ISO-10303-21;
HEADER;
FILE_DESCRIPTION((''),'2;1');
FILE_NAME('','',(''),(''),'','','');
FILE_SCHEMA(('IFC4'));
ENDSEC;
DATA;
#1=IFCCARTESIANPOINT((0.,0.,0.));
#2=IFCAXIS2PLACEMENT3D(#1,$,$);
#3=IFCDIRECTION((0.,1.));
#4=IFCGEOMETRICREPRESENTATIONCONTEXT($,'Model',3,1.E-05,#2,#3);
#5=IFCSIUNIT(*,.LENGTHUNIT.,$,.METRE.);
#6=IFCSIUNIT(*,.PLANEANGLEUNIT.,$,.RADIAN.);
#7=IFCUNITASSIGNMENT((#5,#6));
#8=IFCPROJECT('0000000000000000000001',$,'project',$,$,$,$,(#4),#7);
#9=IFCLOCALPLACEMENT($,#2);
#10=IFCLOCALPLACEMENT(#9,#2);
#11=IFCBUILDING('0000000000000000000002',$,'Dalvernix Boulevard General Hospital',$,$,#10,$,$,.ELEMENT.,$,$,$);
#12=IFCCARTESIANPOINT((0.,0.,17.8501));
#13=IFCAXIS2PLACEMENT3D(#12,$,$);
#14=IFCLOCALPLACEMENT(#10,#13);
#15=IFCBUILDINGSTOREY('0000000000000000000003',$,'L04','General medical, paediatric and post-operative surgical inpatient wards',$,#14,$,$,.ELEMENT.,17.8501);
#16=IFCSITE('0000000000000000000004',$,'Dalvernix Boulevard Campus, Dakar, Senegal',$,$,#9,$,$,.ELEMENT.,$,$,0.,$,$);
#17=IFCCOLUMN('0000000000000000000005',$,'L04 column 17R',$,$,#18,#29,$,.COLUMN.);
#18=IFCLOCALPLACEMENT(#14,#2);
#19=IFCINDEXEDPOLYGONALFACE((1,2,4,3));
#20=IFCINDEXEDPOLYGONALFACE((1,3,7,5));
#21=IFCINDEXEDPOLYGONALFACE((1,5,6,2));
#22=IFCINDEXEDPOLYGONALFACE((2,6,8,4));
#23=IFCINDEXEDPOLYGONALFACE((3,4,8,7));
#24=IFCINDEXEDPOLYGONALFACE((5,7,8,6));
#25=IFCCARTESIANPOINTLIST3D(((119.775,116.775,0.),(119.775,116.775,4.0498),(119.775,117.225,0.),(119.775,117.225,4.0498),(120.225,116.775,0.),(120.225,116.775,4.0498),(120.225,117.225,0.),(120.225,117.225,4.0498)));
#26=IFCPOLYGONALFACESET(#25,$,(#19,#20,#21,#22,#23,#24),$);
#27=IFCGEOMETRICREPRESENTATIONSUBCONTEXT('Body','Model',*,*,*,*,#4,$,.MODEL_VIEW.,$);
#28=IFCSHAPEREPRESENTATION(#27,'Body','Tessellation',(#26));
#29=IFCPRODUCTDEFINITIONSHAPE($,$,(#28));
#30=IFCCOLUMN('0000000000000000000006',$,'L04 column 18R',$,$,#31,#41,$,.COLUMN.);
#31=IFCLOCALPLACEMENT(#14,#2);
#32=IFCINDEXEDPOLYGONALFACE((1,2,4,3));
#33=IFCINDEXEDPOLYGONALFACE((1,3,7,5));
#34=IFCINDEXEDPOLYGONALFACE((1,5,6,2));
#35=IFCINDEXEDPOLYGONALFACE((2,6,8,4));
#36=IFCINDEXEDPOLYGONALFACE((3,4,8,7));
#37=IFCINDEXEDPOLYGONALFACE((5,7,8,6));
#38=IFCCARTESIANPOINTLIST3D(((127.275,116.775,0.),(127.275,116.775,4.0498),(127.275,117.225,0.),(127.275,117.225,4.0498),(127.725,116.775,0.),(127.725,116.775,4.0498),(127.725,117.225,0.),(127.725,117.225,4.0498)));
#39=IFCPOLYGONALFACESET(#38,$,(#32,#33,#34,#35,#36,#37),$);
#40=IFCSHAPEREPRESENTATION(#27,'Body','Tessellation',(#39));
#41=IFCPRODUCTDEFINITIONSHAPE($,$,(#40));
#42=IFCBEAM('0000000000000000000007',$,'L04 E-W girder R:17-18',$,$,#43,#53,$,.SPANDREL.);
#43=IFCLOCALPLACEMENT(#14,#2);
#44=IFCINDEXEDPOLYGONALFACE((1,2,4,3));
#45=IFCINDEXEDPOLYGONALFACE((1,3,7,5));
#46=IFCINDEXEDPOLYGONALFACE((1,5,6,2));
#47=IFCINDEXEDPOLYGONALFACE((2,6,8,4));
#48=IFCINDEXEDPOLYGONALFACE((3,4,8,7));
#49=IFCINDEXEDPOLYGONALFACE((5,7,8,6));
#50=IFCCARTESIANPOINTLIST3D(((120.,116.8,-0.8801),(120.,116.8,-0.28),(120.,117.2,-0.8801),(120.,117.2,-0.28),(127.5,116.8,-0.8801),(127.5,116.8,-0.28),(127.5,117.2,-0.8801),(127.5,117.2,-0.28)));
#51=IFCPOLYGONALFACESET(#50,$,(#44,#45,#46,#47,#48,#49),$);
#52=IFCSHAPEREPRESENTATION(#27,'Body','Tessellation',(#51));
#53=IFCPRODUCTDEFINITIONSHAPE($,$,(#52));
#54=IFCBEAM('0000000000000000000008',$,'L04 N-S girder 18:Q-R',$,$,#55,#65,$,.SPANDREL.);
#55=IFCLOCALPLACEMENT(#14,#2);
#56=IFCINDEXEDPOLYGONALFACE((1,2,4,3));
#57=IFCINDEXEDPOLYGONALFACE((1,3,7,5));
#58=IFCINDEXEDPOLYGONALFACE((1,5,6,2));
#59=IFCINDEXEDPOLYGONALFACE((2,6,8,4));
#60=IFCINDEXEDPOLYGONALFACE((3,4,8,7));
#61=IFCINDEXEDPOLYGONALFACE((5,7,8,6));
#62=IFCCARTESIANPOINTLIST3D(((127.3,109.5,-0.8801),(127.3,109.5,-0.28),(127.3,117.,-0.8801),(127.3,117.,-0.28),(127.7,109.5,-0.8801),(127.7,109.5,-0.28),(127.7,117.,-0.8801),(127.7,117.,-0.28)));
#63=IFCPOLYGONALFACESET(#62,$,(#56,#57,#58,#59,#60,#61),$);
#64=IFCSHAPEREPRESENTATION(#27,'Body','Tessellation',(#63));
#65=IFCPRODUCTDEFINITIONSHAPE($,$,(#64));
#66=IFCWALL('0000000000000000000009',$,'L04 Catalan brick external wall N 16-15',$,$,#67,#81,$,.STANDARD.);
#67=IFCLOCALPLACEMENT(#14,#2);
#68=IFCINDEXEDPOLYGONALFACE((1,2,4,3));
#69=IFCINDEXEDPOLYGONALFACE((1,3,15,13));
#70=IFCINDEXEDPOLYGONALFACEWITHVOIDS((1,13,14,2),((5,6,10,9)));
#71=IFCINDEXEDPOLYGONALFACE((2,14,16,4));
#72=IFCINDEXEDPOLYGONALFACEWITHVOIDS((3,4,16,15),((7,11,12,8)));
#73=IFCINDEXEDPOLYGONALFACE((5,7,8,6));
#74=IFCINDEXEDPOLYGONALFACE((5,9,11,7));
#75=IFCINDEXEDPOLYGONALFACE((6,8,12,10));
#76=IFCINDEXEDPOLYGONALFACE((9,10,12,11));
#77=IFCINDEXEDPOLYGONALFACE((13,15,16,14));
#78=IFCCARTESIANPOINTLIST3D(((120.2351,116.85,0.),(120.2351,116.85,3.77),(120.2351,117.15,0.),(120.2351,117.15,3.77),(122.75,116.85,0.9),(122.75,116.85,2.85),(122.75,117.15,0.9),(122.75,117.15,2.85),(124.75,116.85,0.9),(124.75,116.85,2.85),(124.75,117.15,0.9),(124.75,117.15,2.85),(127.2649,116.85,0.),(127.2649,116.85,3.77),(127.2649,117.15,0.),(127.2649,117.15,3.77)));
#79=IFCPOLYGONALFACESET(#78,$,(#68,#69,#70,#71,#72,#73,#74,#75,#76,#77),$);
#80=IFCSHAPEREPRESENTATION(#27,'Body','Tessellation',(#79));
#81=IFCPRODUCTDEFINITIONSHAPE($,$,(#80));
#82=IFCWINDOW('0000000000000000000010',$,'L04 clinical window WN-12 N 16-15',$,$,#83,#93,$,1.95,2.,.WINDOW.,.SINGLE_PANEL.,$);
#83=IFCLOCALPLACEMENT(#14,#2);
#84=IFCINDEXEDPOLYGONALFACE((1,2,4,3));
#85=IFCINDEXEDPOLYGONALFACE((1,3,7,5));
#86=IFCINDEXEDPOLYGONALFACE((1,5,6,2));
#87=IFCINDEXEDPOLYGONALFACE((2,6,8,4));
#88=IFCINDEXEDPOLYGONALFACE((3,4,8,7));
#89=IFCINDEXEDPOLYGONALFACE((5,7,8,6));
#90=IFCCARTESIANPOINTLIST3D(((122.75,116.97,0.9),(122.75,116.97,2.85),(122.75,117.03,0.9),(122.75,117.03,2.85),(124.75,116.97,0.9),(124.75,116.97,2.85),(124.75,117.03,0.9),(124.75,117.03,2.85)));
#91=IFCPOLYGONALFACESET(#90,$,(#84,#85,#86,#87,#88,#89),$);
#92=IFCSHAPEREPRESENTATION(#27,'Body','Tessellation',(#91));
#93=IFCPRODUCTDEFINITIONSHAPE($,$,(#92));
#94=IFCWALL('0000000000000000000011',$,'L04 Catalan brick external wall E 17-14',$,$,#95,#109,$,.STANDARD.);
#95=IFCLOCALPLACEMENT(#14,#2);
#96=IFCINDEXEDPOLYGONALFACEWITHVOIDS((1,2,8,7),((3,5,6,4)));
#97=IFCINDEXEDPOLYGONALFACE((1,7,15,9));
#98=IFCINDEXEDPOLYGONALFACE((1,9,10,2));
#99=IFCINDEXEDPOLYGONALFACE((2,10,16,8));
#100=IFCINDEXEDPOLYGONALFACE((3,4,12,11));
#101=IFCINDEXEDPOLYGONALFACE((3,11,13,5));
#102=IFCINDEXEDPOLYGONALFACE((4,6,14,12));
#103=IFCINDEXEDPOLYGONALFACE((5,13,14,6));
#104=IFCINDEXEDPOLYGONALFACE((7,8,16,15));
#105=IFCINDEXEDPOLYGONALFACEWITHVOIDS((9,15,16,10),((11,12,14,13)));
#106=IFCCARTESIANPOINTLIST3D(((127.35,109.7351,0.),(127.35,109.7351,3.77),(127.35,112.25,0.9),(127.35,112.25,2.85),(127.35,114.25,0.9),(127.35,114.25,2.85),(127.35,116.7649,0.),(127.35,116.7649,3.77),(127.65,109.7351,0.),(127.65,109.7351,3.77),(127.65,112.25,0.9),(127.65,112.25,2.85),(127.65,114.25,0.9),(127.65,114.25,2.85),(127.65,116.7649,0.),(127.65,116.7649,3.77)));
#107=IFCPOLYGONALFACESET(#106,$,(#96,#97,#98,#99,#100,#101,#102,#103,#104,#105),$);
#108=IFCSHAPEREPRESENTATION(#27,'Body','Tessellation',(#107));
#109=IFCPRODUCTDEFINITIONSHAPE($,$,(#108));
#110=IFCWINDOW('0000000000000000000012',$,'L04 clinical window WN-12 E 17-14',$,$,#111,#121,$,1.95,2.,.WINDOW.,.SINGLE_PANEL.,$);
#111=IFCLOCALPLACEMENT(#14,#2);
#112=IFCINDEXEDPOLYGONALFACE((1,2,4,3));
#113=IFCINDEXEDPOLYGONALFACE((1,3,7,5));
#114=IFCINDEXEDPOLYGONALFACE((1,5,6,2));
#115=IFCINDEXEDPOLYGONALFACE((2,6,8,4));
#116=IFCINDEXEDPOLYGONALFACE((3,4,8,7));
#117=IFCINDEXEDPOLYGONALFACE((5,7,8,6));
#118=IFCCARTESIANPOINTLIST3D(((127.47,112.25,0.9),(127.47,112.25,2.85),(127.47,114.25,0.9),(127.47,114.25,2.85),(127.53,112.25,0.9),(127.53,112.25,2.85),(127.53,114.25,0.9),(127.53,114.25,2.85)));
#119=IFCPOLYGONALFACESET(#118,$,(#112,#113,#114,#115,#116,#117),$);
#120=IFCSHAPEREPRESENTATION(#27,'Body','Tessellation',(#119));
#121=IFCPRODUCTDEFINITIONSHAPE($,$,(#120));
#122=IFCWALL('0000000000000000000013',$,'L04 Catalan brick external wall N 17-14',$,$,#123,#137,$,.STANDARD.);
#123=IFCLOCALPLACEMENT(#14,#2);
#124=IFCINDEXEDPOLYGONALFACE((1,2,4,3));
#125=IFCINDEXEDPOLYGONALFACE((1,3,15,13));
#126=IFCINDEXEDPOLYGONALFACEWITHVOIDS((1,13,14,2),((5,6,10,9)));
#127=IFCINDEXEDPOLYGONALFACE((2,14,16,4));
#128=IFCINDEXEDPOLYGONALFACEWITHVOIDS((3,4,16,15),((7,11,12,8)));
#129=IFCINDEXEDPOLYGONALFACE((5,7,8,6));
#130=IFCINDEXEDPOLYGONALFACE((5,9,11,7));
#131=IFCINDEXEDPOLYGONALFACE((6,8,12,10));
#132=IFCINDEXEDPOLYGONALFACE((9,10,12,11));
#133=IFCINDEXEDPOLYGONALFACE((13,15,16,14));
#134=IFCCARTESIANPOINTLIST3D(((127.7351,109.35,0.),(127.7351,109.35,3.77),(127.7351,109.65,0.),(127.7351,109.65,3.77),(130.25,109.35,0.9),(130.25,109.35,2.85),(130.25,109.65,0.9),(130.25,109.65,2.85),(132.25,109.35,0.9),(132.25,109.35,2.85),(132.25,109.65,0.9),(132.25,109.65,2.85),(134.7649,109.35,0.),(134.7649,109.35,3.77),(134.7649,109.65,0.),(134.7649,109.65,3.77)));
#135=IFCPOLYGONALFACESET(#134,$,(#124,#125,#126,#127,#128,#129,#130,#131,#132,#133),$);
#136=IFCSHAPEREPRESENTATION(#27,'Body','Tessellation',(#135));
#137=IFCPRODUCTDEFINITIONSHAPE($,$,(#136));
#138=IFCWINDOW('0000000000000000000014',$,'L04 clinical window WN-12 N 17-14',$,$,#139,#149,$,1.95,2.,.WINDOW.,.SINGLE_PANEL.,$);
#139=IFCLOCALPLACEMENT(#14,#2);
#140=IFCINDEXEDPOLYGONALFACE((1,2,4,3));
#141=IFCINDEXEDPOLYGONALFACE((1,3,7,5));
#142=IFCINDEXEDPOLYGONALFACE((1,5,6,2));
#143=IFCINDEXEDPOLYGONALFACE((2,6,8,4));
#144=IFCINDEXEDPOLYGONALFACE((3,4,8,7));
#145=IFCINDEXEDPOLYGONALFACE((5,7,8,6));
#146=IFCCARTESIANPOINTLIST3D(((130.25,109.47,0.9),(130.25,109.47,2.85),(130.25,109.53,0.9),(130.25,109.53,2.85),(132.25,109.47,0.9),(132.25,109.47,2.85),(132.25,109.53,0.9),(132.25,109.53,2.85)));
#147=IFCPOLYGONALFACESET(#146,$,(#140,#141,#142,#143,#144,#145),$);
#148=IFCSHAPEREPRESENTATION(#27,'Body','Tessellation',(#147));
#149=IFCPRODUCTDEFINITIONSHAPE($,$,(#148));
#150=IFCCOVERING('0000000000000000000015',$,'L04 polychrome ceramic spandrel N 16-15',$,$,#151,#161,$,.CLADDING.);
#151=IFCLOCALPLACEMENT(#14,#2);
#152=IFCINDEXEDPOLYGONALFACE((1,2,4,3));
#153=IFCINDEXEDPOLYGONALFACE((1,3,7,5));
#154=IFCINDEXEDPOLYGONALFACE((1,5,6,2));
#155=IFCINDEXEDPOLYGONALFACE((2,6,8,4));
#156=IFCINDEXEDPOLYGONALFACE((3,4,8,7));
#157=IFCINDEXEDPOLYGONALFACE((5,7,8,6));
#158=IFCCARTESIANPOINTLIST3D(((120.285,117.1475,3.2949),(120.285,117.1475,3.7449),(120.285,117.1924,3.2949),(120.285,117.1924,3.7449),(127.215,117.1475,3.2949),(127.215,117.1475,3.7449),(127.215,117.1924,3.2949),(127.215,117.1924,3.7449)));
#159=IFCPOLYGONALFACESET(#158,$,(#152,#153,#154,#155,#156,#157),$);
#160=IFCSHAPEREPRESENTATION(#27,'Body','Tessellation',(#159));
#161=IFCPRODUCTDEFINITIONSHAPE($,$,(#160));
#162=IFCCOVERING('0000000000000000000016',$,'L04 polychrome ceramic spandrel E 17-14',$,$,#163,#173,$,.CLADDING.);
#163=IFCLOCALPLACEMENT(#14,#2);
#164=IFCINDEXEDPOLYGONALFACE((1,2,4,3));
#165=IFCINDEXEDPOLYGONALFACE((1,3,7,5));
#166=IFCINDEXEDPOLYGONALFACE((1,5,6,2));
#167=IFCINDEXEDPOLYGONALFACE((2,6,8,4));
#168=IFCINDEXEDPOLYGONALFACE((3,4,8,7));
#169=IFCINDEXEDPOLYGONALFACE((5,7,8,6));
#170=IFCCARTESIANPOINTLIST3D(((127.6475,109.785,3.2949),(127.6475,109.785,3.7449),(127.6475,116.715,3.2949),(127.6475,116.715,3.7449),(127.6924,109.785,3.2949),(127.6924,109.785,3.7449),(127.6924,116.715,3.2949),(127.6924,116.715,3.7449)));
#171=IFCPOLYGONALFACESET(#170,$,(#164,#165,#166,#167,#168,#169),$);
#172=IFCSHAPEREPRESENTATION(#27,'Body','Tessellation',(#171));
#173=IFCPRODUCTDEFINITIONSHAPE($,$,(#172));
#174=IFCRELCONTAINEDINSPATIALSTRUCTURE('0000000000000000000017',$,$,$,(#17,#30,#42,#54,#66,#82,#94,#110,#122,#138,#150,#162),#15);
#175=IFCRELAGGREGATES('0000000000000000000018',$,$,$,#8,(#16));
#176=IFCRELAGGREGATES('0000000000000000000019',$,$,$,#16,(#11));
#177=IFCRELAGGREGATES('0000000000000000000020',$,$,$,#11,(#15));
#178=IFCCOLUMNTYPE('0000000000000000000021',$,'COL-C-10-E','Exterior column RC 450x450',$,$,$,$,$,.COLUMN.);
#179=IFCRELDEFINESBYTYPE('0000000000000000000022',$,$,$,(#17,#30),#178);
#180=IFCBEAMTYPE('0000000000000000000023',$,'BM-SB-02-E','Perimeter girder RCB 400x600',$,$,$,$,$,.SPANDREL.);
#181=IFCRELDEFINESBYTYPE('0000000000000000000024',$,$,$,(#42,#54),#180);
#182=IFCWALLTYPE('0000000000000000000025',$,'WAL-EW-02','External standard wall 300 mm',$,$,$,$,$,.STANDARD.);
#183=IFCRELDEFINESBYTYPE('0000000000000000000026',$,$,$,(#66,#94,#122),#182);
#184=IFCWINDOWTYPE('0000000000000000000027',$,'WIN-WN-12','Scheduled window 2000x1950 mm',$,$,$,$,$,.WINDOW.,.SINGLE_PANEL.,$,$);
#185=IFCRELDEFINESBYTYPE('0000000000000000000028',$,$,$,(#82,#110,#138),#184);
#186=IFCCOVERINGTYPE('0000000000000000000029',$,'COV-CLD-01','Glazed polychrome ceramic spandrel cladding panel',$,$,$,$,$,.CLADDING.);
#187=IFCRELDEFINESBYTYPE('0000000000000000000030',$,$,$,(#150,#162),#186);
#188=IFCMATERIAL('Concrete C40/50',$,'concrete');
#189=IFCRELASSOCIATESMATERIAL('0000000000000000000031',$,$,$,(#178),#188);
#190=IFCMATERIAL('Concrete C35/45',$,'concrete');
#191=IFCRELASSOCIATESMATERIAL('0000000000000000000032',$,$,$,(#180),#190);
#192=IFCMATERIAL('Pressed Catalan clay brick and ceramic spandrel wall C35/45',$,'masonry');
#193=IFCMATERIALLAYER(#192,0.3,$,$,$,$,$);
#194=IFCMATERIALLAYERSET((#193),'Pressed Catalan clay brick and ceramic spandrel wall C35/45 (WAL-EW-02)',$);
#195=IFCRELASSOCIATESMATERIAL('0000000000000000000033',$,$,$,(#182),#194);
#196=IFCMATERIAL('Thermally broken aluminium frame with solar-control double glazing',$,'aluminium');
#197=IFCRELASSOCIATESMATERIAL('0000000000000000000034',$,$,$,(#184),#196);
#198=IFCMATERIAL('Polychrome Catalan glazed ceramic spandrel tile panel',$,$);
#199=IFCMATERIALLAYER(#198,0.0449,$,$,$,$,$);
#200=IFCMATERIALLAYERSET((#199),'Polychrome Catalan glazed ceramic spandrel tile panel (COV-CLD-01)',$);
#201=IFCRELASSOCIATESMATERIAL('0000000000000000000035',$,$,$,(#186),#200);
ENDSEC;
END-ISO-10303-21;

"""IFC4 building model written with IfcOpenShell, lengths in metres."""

from ifc_helpers import new_model, si_unit, direction, frame, frame_2d, origin, origin_2d, place, context, subcontext, project, spatial, rectangle, extrude, material, layer, layer_set, material_profile, profile_set, type_object, element, fill, save


model = new_model("IFC4")

# Units and contexts
model_context = context("Model", 3, precision=1e-05, world=origin(), true_north=direction((0.0, 1.0)))
body_context = subcontext(model_context, "Body", "Model", "MODEL_VIEW")
ifc_project = project(units=[si_unit("LENGTHUNIT", "METRE"), si_unit("PLANEANGLEUNIT", "RADIAN")], contexts=[model_context])

# Site, building, storey
site_placement = place(None, origin())
site = spatial("IfcSite", under=ifc_project, at=site_placement, Name="Dalvernix Boulevard Campus, Dakar, Senegal", CompositionType="ELEMENT", RefElevation=0.0)
building_placement = place(site_placement, origin())
building = spatial("IfcBuilding", under=site, at=building_placement, Name="Dalvernix Boulevard General Hospital", CompositionType="ELEMENT")
storey_placement = place(building_placement, frame((0.0, 0.0, 17.8501)))
storey = spatial("IfcBuildingStorey", under=building, at=storey_placement, Name="L04", Description="General medical, paediatric and post-operative surgical inpatient wards", CompositionType="ELEMENT", Elevation=17.8501)

# Columns
ifc_material_1 = material(Name="Concrete C40/50", Category="concrete")
ifc_material_profile_1 = material_profile(ifc_material_1, rectangle(XDim=0.45, YDim=0.45, at=origin_2d()), Name="RC 450x450")
ifc_profile_set_1 = profile_set([ifc_material_profile_1], Name="Concrete C40/50")
column_type = type_object("IfcColumnType", Name="COL-C-10-E", Description="Exterior column RC 450x450", PredefinedType="COLUMN", material=ifc_profile_set_1)
for number, where, z_axis, x_axis, name in (
    (1, (120.0, 117.0, 0.0), (0.0, 0.0, 1.0), (1.0, 0.0, 0.0), "L04 column 17R"),
    (2, (127.5, 117.0, 0.0), (0.0, 0.0, 1.0), (1.0, 0.0, 0.0), "L04 column 18R"),
):
    element("IfcColumn", number, at=place(storey_placement, frame(where, z_axis=z_axis, x_axis=x_axis)), inside=storey, type_object=column_type, Name=name, PredefinedType="COLUMN", context=body_context, shape_type="SweptSolid", body=[
        extrude(rectangle(XDim=0.45, YDim=0.45, at=origin_2d()), origin(), (0.0, 0.0, 1.0), 4.0498),
    ])

# Beams
ifc_material_2 = material(Name="Concrete C35/45", Category="concrete")
ifc_material_profile_2 = material_profile(ifc_material_2, rectangle(XDim=0.3999, YDim=0.6001, at=origin_2d()), Name="RCB 400x600")
ifc_profile_set_2 = profile_set([ifc_material_profile_2], Name="Concrete C35/45")
beam_type = type_object("IfcBeamType", Name="BM-SB-02-E", Description="Perimeter girder RCB 400x600", PredefinedType="SPANDREL", material=ifc_profile_set_2)
for number, where, z_axis, x_axis, name in (
    (3, (120.0, 117.0, -0.5801), (1.0, 0.0, 0.0), (0.0, 1.0, 0.0), "L04 E-W girder R:17-18"),
    (4, (127.5, 109.5, -0.5801), (0.0, 1.0, 0.0), (-1.0, 0.0, 0.0), "L04 N-S girder 18:Q-R"),
):
    element("IfcBeam", number, at=place(storey_placement, frame(where, z_axis=z_axis, x_axis=x_axis)), inside=storey, type_object=beam_type, Name=name, PredefinedType="SPANDREL", context=body_context, shape_type="SweptSolid", body=[
        extrude(rectangle(XDim=0.3999, YDim=0.6001, at=origin_2d()), origin(), (0.0, 0.0, 1.0), 7.5),
    ])

# Walls, openings, windows
ifc_material_3 = material(Name="Pressed Catalan clay brick and ceramic spandrel wall C35/45", Category="masonry")
ifc_layer_1 = layer(ifc_material_3, 0.3)
ifc_layer_set_1 = layer_set([ifc_layer_1], Name="Pressed Catalan clay brick and ceramic spandrel wall C35/45 (WAL-EW-02)")
wall_type = type_object("IfcWallType", Name="WAL-EW-02", Description="External standard wall 300 mm", PredefinedType="STANDARD", material=ifc_layer_set_1)
wall_1_placement = place(storey_placement, frame((120.2351, 117.0, 0.0), z_axis=(0.0, 0.0, 1.0), x_axis=(1.0, 0.0, 0.0)))
wall_1 = element("IfcWall", 5, at=wall_1_placement, inside=storey, type_object=wall_type, Name="L04 Catalan brick external wall N 16-15", PredefinedType="STANDARD", context=body_context, shape_type="SweptSolid", body=[
    extrude(rectangle(XDim=7.0298, YDim=0.3, at=frame_2d((3.5149, 0.0))), origin(), (0.0, 0.0, 1.0), 3.77),
])
opening_1_placement = place(wall_1_placement, frame((2.5149, 0.0, 0.8999)))
opening_1 = element("IfcOpeningElement", 6, at=opening_1_placement, cuts=wall_1, PredefinedType="OPENING", context=body_context, shape_type="SweptSolid", body=[
    extrude(rectangle(XDim=2.0, YDim=1.95, at=frame_2d((1.0, 0.9751))), frame((0.0, 0.1599, 0.0), z_axis=(0.0, -1.0, 0.0), x_axis=(1.0, 0.0, 0.0)), (0.0, 0.0, 1.0), 0.3201),
])
ifc_material_4 = material(Name="Thermally broken aluminium frame with solar-control double glazing", Category="aluminium")
window_type = type_object("IfcWindowType", Name="WIN-WN-12", Description="Scheduled window 2000x1950 mm", PartitioningType="SINGLE_PANEL", PredefinedType="WINDOW", material=ifc_material_4)
window_1_placement = place(opening_1_placement, origin())
window_1 = element("IfcWindow", 7, at=window_1_placement, inside=storey, type_object=window_type, Name="L04 clinical window WN-12 N 16-15", OverallHeight=1.95, OverallWidth=2.0, PartitioningType="SINGLE_PANEL", PredefinedType="WINDOW", context=body_context, shape_type="SweptSolid", body=[
    extrude(rectangle(XDim=2.0, YDim=1.95, at=frame_2d((1.0, 0.9751))), frame((0.0, 0.03, 0.0), z_axis=(0.0, -1.0, 0.0), x_axis=(1.0, 0.0, 0.0)), (0.0, 0.0, 1.0), 0.0601),
])
fill(opening_1, window_1)
wall_2_placement = place(storey_placement, frame((127.5, 116.7649, 0.0), z_axis=(0.0, 0.0, 1.0), x_axis=(0.0, -1.0, 0.0)))
wall_2 = element("IfcWall", 8, at=wall_2_placement, inside=storey, type_object=wall_type, Name="L04 Catalan brick external wall E 17-14", PredefinedType="STANDARD", context=body_context, shape_type="SweptSolid", body=[
    extrude(rectangle(XDim=7.0298, YDim=0.3, at=frame_2d((3.5149, 0.0))), origin(), (0.0, 0.0, 1.0), 3.77),
])
opening_2_placement = place(wall_2_placement, frame((2.5149, 0.0, 0.8999)))
opening_2 = element("IfcOpeningElement", 9, at=opening_2_placement, cuts=wall_2, PredefinedType="OPENING", context=body_context, shape_type="SweptSolid", body=[
    extrude(rectangle(XDim=2.0, YDim=1.95, at=frame_2d((1.0, 0.9751))), frame((0.0, 0.1599, 0.0), z_axis=(0.0, -1.0, 0.0), x_axis=(1.0, 0.0, 0.0)), (0.0, 0.0, 1.0), 0.3201),
])
window_2_placement = place(opening_2_placement, origin())
window_2 = element("IfcWindow", 10, at=window_2_placement, inside=storey, type_object=window_type, Name="L04 clinical window WN-12 E 17-14", OverallHeight=1.95, OverallWidth=2.0, PartitioningType="SINGLE_PANEL", PredefinedType="WINDOW", context=body_context, shape_type="SweptSolid", body=[
    extrude(rectangle(XDim=2.0, YDim=1.95, at=frame_2d((1.0, 0.9751))), frame((0.0, 0.03, 0.0), z_axis=(0.0, -1.0, 0.0), x_axis=(1.0, 0.0, 0.0)), (0.0, 0.0, 1.0), 0.0601),
])
fill(opening_2, window_2)
wall_3_placement = place(storey_placement, frame((127.7351, 109.5, 0.0), z_axis=(0.0, 0.0, 1.0), x_axis=(1.0, 0.0, 0.0)))
wall_3 = element("IfcWall", 11, at=wall_3_placement, inside=storey, type_object=wall_type, Name="L04 Catalan brick external wall N 17-14", PredefinedType="STANDARD", context=body_context, shape_type="SweptSolid", body=[
    extrude(rectangle(XDim=7.0298, YDim=0.3, at=frame_2d((3.5149, 0.0))), origin(), (0.0, 0.0, 1.0), 3.77),
])
opening_3_placement = place(wall_3_placement, frame((2.5149, 0.0, 0.8999)))
opening_3 = element("IfcOpeningElement", 12, at=opening_3_placement, cuts=wall_3, PredefinedType="OPENING", context=body_context, shape_type="SweptSolid", body=[
    extrude(rectangle(XDim=2.0, YDim=1.95, at=frame_2d((1.0, 0.9751))), frame((0.0, 0.1599, 0.0), z_axis=(0.0, -1.0, 0.0), x_axis=(1.0, 0.0, 0.0)), (0.0, 0.0, 1.0), 0.3201),
])
window_3_placement = place(opening_3_placement, origin())
window_3 = element("IfcWindow", 13, at=window_3_placement, inside=storey, type_object=window_type, Name="L04 clinical window WN-12 N 17-14", OverallHeight=1.95, OverallWidth=2.0, PartitioningType="SINGLE_PANEL", PredefinedType="WINDOW", context=body_context, shape_type="SweptSolid", body=[
    extrude(rectangle(XDim=2.0, YDim=1.95, at=frame_2d((1.0, 0.9751))), frame((0.0, 0.03, 0.0), z_axis=(0.0, -1.0, 0.0), x_axis=(1.0, 0.0, 0.0)), (0.0, 0.0, 1.0), 0.0601),
])
fill(opening_3, window_3)

# Coverings
ifc_material_5 = material(Name="Polychrome Catalan glazed ceramic spandrel tile panel")
ifc_layer_2 = layer(ifc_material_5, 0.0449)
ifc_layer_set_2 = layer_set([ifc_layer_2], Name="Polychrome Catalan glazed ceramic spandrel tile panel (COV-CLD-01)")
covering_type_1 = type_object("IfcCoveringType", Name="COV-CLD-01", Description="Glazed polychrome ceramic spandrel cladding panel", PredefinedType="CLADDING", material=ifc_layer_set_2)
for number, where, z_axis, x_axis, name in (
    (14, (123.75, 117.1699, 3.2949), (0.0, 0.0, 1.0), (1.0, 0.0, 0.0), "L04 polychrome ceramic spandrel N 16-15"),
    (15, (127.6699, 113.25, 3.2949), (0.0, 0.0, 1.0), (0.0, -1.0, 0.0), "L04 polychrome ceramic spandrel E 17-14"),
):
    element("IfcCovering", number, at=place(storey_placement, frame(where, z_axis=z_axis, x_axis=x_axis)), inside=storey, type_object=covering_type_1, Name=name, PredefinedType="CLADDING", context=body_context, shape_type="SweptSolid", body=[
        extrude(rectangle(XDim=6.9299, YDim=0.0449, at=origin_2d()), origin(), (0.0, 0.0, 1.0), 0.45),
    ])

save(model, "model.ifc")
